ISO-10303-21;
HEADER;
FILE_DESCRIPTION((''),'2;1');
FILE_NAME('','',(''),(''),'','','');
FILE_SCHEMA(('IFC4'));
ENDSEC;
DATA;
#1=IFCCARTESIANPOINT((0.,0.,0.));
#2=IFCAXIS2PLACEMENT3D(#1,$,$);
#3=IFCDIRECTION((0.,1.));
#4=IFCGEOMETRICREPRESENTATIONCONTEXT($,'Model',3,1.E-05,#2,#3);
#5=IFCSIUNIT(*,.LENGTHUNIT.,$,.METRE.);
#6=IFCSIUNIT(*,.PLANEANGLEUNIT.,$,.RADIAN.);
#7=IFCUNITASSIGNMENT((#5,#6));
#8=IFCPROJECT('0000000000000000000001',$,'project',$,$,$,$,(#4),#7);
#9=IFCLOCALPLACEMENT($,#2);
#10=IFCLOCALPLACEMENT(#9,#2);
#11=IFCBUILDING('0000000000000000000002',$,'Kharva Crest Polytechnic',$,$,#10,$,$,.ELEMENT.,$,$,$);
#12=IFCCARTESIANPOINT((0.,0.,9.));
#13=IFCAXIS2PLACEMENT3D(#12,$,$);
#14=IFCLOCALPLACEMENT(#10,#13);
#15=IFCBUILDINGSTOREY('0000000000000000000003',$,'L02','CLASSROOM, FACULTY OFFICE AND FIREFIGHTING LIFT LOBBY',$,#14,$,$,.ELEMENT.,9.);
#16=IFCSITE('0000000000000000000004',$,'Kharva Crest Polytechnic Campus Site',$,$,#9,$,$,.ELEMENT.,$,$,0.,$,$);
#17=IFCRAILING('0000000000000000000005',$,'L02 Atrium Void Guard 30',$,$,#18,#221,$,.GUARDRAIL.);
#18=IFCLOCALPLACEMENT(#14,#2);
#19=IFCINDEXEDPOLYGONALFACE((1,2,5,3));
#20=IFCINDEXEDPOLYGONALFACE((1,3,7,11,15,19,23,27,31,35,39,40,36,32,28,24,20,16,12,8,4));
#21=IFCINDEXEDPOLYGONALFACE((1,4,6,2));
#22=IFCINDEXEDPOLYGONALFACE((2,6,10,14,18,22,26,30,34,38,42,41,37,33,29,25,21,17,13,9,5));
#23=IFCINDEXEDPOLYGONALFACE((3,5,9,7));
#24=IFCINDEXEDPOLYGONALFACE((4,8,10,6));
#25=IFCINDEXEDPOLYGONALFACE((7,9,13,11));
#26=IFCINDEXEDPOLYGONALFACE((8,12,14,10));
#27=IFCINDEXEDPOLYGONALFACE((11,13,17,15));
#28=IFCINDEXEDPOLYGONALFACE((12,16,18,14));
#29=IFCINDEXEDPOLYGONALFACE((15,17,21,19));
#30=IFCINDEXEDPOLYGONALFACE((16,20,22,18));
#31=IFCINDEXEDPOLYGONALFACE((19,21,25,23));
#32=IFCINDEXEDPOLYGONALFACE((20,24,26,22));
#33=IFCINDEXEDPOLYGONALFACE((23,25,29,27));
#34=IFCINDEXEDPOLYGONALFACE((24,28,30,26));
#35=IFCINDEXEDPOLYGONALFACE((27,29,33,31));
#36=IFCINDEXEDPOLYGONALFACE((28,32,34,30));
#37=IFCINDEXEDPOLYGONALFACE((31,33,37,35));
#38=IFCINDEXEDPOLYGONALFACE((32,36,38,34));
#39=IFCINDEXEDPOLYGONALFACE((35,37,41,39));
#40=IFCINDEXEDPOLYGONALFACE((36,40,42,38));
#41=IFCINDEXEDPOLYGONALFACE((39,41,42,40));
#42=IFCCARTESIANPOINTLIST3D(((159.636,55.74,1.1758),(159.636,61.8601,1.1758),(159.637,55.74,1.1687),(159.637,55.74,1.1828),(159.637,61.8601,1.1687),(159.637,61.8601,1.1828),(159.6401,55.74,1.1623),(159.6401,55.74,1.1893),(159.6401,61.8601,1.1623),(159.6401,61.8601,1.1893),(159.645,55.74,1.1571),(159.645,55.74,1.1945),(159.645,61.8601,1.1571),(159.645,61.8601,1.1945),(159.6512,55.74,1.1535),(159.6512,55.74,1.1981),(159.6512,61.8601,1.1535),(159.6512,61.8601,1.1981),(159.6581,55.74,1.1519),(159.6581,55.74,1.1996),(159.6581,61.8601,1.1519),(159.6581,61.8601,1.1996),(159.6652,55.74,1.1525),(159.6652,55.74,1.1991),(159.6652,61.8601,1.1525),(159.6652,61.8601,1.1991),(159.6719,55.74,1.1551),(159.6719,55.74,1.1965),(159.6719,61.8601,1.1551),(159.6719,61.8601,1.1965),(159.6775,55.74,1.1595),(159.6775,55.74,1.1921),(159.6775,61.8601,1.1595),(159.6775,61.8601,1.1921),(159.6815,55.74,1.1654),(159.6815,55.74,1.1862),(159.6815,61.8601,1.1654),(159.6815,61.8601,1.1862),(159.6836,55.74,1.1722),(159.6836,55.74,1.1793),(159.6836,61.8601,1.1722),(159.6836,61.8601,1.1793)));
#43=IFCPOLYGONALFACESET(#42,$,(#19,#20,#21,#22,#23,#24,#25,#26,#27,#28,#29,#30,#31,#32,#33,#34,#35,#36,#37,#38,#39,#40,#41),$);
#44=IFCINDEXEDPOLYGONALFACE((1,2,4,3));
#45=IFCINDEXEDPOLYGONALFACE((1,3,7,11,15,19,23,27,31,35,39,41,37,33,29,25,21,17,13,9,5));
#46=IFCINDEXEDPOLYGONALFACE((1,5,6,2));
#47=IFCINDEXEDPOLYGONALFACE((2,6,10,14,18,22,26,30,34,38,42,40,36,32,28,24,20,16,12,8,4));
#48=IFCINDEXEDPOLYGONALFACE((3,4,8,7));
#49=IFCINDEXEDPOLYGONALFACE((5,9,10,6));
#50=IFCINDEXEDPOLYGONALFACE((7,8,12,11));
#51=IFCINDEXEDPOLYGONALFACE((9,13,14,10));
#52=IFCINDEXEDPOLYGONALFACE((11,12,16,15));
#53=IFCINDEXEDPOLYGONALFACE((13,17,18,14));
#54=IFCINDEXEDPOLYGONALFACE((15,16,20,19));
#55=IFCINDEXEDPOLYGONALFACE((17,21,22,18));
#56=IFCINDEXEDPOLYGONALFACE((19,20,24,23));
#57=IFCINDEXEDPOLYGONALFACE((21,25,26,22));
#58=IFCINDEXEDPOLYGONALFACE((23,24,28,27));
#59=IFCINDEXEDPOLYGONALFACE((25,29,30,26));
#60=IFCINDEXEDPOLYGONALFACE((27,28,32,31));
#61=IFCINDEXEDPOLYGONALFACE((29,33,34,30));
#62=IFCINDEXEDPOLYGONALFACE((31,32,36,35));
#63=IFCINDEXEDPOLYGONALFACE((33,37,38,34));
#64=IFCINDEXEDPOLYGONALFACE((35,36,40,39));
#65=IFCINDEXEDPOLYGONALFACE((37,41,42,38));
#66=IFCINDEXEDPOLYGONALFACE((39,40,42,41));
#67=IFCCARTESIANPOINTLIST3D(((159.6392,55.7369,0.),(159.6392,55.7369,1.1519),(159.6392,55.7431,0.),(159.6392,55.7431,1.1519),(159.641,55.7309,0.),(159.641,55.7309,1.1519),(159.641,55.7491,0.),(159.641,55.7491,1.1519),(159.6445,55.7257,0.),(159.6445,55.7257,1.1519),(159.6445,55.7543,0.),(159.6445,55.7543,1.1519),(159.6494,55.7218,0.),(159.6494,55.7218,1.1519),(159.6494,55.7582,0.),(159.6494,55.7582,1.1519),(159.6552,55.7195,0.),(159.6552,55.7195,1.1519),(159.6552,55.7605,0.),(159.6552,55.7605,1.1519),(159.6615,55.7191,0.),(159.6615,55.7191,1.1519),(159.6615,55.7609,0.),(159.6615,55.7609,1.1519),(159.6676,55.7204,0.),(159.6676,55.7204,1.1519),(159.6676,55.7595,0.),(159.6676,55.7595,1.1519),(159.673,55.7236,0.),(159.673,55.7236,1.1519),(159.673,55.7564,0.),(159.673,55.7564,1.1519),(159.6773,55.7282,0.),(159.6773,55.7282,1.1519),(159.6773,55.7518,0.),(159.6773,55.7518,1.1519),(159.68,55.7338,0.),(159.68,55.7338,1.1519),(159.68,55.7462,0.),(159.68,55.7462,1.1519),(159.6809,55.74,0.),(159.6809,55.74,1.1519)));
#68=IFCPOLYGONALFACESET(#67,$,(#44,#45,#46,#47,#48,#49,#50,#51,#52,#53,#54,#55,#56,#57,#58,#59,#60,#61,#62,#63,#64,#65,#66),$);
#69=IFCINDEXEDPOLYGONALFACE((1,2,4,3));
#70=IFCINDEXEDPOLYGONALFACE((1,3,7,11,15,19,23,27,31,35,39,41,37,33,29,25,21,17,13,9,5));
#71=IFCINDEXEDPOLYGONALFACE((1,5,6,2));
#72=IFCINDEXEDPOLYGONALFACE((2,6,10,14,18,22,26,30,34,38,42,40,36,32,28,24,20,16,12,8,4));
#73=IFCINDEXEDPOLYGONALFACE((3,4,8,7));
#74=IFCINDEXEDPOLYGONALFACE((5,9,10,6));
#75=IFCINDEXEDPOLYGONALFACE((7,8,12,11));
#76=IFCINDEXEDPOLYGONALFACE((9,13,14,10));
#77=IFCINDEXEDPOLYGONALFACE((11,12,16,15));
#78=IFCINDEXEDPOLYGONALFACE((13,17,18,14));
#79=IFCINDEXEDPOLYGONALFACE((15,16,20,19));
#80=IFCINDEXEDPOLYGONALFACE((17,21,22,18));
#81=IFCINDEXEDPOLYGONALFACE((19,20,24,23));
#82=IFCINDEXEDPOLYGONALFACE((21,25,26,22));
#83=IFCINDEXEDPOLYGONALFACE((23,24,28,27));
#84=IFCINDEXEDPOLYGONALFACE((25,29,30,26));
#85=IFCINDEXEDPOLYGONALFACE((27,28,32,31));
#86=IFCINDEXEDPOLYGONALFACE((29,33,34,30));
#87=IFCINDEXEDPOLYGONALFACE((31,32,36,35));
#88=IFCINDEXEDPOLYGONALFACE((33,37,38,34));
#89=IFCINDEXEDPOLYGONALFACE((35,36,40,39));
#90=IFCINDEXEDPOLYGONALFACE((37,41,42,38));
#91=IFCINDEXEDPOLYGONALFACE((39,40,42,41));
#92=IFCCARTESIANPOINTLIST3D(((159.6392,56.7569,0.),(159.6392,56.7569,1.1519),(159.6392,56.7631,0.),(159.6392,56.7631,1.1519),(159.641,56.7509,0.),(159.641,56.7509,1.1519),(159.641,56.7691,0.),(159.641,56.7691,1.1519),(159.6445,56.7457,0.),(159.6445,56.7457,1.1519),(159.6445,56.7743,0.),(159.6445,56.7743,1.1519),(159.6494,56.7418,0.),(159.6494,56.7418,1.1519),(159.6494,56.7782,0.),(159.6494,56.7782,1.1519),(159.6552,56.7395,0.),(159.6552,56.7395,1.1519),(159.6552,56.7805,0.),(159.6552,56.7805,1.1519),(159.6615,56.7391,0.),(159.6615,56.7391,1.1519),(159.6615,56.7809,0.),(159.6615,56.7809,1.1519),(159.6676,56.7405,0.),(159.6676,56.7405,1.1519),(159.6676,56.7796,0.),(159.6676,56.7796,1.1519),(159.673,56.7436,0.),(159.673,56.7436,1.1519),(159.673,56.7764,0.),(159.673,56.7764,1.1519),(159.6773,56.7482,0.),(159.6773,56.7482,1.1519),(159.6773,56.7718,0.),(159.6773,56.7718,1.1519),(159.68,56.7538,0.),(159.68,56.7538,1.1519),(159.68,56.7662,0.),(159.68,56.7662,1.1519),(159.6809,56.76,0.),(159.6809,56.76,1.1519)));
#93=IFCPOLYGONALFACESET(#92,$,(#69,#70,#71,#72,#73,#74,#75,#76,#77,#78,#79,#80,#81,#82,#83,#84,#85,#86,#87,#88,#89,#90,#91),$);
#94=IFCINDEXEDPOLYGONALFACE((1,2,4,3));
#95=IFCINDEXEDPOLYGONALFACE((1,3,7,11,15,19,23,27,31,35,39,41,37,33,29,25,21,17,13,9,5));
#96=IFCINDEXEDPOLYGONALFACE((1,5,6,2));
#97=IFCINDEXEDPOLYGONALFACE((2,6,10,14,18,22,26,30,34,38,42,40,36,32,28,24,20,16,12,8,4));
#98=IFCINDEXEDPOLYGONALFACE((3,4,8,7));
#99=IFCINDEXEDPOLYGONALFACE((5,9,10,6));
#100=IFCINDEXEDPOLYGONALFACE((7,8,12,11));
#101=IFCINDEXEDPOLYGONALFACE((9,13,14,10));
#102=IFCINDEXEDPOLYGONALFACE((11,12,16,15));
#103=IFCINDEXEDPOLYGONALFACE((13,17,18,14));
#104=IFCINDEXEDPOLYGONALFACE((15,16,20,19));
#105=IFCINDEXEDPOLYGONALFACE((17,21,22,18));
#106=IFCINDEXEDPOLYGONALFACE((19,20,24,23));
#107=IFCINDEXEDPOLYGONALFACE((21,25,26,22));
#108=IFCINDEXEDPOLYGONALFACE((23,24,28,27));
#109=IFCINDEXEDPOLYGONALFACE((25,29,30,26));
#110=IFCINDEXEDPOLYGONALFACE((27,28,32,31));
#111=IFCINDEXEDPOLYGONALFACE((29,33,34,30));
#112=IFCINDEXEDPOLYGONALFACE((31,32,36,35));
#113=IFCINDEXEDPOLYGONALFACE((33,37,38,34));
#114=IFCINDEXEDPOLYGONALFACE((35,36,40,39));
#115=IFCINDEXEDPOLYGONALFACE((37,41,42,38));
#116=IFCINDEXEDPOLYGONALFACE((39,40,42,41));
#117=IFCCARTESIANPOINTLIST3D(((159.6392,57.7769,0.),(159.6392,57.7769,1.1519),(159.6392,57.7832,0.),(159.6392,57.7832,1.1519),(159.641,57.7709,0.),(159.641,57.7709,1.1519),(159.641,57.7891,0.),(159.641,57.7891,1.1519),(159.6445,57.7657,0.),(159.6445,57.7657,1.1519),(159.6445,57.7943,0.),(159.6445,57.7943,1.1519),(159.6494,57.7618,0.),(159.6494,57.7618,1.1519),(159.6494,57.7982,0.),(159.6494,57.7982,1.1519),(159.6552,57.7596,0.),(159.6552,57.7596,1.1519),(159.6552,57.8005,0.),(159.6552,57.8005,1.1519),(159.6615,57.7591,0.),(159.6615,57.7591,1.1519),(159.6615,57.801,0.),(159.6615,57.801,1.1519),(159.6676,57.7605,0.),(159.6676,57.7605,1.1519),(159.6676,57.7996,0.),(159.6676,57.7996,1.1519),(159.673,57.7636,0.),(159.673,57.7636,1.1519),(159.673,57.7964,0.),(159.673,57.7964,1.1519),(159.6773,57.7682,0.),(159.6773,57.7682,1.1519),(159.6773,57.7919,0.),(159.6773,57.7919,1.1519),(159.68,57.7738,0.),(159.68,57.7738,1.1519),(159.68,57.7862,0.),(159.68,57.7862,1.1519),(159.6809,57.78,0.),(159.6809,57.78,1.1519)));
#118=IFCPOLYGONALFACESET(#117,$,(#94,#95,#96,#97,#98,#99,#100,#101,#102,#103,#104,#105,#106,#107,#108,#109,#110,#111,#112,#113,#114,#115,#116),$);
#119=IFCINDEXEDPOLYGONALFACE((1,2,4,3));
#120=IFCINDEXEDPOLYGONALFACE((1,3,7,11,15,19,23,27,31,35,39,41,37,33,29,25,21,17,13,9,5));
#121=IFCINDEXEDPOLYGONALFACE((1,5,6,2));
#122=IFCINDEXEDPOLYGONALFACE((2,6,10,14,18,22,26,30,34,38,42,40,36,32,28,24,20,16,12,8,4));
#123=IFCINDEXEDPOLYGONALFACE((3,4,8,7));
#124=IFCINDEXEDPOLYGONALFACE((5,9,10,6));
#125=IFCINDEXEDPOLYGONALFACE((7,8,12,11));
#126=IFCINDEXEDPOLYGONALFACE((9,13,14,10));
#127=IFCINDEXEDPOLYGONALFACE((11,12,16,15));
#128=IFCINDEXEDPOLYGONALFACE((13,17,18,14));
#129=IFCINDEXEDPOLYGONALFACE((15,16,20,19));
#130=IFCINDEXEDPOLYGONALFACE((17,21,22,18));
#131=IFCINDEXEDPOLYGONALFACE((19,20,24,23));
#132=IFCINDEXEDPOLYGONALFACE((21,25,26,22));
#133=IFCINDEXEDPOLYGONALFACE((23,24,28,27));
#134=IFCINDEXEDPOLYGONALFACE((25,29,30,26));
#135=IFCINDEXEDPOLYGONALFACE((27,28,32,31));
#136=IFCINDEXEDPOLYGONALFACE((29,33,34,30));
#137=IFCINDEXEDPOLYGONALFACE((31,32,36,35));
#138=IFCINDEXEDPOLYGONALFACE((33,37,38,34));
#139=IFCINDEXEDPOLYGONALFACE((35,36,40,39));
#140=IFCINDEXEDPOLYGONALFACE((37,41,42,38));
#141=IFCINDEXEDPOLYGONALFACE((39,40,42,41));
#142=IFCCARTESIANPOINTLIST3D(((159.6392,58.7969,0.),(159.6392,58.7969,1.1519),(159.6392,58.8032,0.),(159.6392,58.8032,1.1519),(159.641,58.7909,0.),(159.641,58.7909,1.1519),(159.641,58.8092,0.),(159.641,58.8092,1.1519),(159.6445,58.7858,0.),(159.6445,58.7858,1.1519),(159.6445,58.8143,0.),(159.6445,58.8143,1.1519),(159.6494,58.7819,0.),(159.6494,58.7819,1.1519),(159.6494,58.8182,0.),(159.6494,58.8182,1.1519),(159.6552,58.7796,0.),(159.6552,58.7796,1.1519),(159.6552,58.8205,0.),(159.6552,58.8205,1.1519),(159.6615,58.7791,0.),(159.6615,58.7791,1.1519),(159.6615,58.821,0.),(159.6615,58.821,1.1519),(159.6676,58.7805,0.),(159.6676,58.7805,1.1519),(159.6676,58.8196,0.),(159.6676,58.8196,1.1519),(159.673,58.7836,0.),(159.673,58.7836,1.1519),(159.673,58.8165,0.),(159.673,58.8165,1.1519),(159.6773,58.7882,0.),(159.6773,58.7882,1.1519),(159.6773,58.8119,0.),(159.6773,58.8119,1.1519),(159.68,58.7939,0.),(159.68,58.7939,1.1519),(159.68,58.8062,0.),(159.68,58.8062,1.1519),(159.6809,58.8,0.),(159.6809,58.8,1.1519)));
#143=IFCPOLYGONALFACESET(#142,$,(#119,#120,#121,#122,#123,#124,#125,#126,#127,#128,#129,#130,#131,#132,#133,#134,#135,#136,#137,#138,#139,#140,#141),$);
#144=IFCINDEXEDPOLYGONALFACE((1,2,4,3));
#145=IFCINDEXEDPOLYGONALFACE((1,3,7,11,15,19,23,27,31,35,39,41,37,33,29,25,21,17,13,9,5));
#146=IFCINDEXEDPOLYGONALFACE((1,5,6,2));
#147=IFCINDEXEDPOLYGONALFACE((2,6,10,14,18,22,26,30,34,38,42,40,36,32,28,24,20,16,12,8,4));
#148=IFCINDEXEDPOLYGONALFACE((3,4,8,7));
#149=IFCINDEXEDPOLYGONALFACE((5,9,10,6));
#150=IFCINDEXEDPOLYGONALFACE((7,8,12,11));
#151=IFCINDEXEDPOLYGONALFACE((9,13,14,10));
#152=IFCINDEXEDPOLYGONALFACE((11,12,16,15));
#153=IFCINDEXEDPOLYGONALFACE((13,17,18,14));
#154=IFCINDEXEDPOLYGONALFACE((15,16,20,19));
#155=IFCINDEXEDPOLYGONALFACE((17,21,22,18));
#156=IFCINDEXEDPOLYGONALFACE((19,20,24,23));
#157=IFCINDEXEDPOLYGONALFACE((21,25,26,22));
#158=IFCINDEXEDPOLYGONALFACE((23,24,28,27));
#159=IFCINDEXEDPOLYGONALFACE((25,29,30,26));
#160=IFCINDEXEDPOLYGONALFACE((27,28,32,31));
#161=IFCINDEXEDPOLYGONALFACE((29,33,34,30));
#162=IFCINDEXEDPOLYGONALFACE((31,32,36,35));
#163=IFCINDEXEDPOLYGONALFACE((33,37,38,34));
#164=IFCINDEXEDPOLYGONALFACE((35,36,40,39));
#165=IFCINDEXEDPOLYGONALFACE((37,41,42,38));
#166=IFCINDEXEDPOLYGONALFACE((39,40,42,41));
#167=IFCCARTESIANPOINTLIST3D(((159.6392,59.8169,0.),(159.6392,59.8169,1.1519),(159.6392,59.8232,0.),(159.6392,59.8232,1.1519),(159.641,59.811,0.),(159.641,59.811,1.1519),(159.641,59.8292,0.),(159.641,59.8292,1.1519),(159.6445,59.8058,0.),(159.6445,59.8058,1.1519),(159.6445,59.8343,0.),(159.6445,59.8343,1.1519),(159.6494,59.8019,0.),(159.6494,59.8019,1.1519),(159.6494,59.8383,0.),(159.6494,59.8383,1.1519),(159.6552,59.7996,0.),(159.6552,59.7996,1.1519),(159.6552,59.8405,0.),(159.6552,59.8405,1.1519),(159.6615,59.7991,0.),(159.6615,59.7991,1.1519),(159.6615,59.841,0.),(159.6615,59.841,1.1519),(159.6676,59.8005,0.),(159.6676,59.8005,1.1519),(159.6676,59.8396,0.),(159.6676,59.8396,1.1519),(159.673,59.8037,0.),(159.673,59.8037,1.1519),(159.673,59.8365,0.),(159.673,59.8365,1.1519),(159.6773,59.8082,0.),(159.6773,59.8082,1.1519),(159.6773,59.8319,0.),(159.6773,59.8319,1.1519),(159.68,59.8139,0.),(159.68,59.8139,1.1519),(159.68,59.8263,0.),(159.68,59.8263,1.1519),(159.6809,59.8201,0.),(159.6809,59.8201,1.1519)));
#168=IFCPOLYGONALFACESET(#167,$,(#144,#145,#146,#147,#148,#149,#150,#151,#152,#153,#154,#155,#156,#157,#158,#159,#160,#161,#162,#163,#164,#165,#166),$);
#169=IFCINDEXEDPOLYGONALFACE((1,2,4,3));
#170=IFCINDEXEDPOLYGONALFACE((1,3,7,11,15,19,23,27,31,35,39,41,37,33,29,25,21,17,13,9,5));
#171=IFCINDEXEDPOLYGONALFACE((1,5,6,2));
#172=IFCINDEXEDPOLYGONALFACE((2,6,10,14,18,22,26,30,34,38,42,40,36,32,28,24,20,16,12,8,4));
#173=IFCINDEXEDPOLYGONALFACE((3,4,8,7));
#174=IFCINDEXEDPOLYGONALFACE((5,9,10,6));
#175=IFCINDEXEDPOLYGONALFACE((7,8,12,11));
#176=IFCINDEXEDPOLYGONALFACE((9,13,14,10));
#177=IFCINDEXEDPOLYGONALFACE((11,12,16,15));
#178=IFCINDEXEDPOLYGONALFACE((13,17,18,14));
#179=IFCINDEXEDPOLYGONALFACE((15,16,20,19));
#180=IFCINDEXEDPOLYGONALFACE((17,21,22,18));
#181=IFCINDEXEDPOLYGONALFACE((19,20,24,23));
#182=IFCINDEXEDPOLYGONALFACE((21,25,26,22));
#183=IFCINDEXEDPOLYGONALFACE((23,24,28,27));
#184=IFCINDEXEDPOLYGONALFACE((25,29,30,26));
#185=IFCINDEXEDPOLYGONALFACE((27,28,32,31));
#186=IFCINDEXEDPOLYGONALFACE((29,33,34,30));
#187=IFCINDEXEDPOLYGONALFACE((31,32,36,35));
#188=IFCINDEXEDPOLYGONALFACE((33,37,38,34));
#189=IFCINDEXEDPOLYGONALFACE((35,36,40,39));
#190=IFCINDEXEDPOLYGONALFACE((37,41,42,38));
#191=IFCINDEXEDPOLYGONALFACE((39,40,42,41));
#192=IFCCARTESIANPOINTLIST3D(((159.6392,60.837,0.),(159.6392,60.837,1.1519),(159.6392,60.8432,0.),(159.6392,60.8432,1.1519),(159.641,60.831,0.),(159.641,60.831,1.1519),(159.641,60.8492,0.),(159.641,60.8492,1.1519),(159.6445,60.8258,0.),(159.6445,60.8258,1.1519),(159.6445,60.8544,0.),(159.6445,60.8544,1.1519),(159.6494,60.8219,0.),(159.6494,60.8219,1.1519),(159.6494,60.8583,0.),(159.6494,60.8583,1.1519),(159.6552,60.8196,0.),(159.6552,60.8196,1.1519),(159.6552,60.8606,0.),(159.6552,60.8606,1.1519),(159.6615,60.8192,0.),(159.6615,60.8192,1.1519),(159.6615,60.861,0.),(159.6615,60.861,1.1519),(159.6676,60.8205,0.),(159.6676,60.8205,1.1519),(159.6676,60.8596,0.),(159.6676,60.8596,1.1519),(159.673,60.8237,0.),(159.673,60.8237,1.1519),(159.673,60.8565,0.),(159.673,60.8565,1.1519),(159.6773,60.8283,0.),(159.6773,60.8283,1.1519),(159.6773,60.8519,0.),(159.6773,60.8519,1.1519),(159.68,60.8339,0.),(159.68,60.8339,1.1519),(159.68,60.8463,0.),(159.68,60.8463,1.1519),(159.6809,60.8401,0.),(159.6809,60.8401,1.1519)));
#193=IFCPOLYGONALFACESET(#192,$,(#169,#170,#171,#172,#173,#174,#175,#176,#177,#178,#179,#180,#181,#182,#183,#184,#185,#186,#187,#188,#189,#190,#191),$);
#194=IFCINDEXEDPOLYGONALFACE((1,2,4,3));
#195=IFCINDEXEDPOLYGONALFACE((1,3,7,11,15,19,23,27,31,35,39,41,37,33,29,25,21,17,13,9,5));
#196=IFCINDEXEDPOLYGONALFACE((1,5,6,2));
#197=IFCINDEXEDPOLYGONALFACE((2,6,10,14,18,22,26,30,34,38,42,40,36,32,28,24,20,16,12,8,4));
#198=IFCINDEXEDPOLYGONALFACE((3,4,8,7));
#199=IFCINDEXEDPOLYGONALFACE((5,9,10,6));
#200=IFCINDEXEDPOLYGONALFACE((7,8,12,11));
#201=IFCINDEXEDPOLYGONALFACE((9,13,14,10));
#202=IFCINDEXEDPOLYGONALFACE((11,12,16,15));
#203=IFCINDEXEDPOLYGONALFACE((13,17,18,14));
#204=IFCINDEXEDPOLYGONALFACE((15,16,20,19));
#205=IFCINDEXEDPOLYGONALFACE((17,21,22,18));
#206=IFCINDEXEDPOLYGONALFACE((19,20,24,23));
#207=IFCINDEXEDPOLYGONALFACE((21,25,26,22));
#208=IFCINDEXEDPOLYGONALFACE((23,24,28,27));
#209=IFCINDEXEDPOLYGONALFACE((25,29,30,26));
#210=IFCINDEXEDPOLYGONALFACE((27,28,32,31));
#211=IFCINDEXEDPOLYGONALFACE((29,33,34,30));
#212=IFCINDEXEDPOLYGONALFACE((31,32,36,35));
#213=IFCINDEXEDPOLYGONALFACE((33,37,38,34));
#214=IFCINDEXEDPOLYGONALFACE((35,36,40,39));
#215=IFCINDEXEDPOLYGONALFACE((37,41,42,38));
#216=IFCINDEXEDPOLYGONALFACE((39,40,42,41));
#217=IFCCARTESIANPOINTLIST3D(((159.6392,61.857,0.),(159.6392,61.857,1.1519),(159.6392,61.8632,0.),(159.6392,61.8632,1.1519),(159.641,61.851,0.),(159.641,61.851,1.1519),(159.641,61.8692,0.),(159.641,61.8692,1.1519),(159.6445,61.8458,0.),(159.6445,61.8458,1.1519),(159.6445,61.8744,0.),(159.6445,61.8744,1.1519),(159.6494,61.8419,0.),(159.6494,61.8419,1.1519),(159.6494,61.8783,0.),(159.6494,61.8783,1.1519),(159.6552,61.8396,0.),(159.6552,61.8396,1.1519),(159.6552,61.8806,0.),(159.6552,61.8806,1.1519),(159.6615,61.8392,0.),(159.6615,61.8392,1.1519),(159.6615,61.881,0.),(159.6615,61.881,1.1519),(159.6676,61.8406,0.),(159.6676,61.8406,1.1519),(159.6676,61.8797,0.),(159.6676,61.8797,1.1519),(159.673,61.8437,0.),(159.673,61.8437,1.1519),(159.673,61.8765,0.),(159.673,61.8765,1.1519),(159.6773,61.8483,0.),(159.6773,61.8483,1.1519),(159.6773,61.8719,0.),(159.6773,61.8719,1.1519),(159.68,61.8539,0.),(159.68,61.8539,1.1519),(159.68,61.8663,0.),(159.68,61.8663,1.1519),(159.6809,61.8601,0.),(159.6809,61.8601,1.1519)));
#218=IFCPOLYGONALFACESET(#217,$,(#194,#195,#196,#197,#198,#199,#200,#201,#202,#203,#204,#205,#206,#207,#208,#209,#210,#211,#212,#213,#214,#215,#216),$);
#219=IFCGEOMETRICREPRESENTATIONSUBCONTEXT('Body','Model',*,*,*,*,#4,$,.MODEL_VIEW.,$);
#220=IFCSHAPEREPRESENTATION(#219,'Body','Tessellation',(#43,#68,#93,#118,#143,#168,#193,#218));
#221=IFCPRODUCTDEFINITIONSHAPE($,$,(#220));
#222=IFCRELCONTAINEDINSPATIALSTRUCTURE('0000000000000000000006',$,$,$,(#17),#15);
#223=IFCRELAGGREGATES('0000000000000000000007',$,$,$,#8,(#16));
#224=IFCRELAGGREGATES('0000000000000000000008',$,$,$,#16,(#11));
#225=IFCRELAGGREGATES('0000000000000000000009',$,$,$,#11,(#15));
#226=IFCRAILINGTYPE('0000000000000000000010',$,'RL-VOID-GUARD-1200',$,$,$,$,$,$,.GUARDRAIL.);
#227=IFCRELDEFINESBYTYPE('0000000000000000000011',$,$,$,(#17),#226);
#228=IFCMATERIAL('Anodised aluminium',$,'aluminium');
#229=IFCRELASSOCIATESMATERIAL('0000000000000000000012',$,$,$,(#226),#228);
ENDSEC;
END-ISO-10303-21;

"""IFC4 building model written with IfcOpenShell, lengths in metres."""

from ifc_helpers import new_model, si_unit, direction, frame, origin, origin_2d, place, context, subcontext, project, spatial, circle, extrude, material, type_object, element, save


model = new_model("IFC4")

# Units and contexts
model_context = context("Model", 3, precision=1e-05, world=origin(), true_north=direction((0.0, 1.0)))
body_context = subcontext(model_context, "Body", "Model", "MODEL_VIEW")
ifc_project = project(units=[si_unit("LENGTHUNIT", "METRE"), si_unit("PLANEANGLEUNIT", "RADIAN")], contexts=[model_context])

# Site, building, storey
site_placement = place(None, origin())
site = spatial("IfcSite", under=ifc_project, at=site_placement, Name="Kharva Crest Polytechnic Campus Site", CompositionType="ELEMENT", RefElevation=0.0)
building_placement = place(site_placement, origin())
building = spatial("IfcBuilding", under=site, at=building_placement, Name="Kharva Crest Polytechnic", CompositionType="ELEMENT")
storey_placement = place(building_placement, frame((0.0, 0.0, 9.0)))
storey = spatial("IfcBuildingStorey", under=building, at=storey_placement, Name="L02", Description="CLASSROOM, FACULTY OFFICE AND FIREFIGHTING LIFT LOBBY", CompositionType="ELEMENT", Elevation=9.0)

# Shared definitions
ifc_material_1 = material(Name="Anodised aluminium", Category="aluminium")

# Railing
railing_type = type_object("IfcRailingType", Name="RL-VOID-GUARD-1200", PredefinedType="GUARDRAIL", material=ifc_material_1)
railing_1_placement = place(storey_placement, frame((159.6599, 55.74, 0.0)))
element("IfcRailing", 1, at=railing_1_placement, inside=storey, type_object=railing_type, Name="L02 Atrium Void Guard 30", PredefinedType="GUARDRAIL", context=body_context, shape_type="SweptSolid", body=[
    extrude(circle(Radius=0.0239, at=origin_2d()), frame((0.0, 0.0, 1.1758), z_axis=(0.0, 1.0, 0.0), x_axis=(-1.0, 0.0, 0.0)), (0.0, 0.0, 1.0), 6.1201),
    extrude(circle(Radius=0.021, at=origin_2d()), origin(), (0.0, 0.0, 1.0), 1.1519),
    extrude(circle(Radius=0.021, at=origin_2d()), frame((0.0, 1.02, 0.0)), (0.0, 0.0, 1.0), 1.1519),
    extrude(circle(Radius=0.021, at=origin_2d()), frame((0.0, 2.04, 0.0)), (0.0, 0.0, 1.0), 1.1519),
    extrude(circle(Radius=0.021, at=origin_2d()), frame((0.0, 3.0601, 0.0)), (0.0, 0.0, 1.0), 1.1519),
    extrude(circle(Radius=0.021, at=origin_2d()), frame((0.0, 4.0801, 0.0)), (0.0, 0.0, 1.0), 1.1519),
    extrude(circle(Radius=0.021, at=origin_2d()), frame((0.0, 5.1001, 0.0)), (0.0, 0.0, 1.0), 1.1519),
    extrude(circle(Radius=0.021, at=origin_2d()), frame((0.0, 6.1201, 0.0)), (0.0, 0.0, 1.0), 1.1519),
])

save(model, "model.ifc")
